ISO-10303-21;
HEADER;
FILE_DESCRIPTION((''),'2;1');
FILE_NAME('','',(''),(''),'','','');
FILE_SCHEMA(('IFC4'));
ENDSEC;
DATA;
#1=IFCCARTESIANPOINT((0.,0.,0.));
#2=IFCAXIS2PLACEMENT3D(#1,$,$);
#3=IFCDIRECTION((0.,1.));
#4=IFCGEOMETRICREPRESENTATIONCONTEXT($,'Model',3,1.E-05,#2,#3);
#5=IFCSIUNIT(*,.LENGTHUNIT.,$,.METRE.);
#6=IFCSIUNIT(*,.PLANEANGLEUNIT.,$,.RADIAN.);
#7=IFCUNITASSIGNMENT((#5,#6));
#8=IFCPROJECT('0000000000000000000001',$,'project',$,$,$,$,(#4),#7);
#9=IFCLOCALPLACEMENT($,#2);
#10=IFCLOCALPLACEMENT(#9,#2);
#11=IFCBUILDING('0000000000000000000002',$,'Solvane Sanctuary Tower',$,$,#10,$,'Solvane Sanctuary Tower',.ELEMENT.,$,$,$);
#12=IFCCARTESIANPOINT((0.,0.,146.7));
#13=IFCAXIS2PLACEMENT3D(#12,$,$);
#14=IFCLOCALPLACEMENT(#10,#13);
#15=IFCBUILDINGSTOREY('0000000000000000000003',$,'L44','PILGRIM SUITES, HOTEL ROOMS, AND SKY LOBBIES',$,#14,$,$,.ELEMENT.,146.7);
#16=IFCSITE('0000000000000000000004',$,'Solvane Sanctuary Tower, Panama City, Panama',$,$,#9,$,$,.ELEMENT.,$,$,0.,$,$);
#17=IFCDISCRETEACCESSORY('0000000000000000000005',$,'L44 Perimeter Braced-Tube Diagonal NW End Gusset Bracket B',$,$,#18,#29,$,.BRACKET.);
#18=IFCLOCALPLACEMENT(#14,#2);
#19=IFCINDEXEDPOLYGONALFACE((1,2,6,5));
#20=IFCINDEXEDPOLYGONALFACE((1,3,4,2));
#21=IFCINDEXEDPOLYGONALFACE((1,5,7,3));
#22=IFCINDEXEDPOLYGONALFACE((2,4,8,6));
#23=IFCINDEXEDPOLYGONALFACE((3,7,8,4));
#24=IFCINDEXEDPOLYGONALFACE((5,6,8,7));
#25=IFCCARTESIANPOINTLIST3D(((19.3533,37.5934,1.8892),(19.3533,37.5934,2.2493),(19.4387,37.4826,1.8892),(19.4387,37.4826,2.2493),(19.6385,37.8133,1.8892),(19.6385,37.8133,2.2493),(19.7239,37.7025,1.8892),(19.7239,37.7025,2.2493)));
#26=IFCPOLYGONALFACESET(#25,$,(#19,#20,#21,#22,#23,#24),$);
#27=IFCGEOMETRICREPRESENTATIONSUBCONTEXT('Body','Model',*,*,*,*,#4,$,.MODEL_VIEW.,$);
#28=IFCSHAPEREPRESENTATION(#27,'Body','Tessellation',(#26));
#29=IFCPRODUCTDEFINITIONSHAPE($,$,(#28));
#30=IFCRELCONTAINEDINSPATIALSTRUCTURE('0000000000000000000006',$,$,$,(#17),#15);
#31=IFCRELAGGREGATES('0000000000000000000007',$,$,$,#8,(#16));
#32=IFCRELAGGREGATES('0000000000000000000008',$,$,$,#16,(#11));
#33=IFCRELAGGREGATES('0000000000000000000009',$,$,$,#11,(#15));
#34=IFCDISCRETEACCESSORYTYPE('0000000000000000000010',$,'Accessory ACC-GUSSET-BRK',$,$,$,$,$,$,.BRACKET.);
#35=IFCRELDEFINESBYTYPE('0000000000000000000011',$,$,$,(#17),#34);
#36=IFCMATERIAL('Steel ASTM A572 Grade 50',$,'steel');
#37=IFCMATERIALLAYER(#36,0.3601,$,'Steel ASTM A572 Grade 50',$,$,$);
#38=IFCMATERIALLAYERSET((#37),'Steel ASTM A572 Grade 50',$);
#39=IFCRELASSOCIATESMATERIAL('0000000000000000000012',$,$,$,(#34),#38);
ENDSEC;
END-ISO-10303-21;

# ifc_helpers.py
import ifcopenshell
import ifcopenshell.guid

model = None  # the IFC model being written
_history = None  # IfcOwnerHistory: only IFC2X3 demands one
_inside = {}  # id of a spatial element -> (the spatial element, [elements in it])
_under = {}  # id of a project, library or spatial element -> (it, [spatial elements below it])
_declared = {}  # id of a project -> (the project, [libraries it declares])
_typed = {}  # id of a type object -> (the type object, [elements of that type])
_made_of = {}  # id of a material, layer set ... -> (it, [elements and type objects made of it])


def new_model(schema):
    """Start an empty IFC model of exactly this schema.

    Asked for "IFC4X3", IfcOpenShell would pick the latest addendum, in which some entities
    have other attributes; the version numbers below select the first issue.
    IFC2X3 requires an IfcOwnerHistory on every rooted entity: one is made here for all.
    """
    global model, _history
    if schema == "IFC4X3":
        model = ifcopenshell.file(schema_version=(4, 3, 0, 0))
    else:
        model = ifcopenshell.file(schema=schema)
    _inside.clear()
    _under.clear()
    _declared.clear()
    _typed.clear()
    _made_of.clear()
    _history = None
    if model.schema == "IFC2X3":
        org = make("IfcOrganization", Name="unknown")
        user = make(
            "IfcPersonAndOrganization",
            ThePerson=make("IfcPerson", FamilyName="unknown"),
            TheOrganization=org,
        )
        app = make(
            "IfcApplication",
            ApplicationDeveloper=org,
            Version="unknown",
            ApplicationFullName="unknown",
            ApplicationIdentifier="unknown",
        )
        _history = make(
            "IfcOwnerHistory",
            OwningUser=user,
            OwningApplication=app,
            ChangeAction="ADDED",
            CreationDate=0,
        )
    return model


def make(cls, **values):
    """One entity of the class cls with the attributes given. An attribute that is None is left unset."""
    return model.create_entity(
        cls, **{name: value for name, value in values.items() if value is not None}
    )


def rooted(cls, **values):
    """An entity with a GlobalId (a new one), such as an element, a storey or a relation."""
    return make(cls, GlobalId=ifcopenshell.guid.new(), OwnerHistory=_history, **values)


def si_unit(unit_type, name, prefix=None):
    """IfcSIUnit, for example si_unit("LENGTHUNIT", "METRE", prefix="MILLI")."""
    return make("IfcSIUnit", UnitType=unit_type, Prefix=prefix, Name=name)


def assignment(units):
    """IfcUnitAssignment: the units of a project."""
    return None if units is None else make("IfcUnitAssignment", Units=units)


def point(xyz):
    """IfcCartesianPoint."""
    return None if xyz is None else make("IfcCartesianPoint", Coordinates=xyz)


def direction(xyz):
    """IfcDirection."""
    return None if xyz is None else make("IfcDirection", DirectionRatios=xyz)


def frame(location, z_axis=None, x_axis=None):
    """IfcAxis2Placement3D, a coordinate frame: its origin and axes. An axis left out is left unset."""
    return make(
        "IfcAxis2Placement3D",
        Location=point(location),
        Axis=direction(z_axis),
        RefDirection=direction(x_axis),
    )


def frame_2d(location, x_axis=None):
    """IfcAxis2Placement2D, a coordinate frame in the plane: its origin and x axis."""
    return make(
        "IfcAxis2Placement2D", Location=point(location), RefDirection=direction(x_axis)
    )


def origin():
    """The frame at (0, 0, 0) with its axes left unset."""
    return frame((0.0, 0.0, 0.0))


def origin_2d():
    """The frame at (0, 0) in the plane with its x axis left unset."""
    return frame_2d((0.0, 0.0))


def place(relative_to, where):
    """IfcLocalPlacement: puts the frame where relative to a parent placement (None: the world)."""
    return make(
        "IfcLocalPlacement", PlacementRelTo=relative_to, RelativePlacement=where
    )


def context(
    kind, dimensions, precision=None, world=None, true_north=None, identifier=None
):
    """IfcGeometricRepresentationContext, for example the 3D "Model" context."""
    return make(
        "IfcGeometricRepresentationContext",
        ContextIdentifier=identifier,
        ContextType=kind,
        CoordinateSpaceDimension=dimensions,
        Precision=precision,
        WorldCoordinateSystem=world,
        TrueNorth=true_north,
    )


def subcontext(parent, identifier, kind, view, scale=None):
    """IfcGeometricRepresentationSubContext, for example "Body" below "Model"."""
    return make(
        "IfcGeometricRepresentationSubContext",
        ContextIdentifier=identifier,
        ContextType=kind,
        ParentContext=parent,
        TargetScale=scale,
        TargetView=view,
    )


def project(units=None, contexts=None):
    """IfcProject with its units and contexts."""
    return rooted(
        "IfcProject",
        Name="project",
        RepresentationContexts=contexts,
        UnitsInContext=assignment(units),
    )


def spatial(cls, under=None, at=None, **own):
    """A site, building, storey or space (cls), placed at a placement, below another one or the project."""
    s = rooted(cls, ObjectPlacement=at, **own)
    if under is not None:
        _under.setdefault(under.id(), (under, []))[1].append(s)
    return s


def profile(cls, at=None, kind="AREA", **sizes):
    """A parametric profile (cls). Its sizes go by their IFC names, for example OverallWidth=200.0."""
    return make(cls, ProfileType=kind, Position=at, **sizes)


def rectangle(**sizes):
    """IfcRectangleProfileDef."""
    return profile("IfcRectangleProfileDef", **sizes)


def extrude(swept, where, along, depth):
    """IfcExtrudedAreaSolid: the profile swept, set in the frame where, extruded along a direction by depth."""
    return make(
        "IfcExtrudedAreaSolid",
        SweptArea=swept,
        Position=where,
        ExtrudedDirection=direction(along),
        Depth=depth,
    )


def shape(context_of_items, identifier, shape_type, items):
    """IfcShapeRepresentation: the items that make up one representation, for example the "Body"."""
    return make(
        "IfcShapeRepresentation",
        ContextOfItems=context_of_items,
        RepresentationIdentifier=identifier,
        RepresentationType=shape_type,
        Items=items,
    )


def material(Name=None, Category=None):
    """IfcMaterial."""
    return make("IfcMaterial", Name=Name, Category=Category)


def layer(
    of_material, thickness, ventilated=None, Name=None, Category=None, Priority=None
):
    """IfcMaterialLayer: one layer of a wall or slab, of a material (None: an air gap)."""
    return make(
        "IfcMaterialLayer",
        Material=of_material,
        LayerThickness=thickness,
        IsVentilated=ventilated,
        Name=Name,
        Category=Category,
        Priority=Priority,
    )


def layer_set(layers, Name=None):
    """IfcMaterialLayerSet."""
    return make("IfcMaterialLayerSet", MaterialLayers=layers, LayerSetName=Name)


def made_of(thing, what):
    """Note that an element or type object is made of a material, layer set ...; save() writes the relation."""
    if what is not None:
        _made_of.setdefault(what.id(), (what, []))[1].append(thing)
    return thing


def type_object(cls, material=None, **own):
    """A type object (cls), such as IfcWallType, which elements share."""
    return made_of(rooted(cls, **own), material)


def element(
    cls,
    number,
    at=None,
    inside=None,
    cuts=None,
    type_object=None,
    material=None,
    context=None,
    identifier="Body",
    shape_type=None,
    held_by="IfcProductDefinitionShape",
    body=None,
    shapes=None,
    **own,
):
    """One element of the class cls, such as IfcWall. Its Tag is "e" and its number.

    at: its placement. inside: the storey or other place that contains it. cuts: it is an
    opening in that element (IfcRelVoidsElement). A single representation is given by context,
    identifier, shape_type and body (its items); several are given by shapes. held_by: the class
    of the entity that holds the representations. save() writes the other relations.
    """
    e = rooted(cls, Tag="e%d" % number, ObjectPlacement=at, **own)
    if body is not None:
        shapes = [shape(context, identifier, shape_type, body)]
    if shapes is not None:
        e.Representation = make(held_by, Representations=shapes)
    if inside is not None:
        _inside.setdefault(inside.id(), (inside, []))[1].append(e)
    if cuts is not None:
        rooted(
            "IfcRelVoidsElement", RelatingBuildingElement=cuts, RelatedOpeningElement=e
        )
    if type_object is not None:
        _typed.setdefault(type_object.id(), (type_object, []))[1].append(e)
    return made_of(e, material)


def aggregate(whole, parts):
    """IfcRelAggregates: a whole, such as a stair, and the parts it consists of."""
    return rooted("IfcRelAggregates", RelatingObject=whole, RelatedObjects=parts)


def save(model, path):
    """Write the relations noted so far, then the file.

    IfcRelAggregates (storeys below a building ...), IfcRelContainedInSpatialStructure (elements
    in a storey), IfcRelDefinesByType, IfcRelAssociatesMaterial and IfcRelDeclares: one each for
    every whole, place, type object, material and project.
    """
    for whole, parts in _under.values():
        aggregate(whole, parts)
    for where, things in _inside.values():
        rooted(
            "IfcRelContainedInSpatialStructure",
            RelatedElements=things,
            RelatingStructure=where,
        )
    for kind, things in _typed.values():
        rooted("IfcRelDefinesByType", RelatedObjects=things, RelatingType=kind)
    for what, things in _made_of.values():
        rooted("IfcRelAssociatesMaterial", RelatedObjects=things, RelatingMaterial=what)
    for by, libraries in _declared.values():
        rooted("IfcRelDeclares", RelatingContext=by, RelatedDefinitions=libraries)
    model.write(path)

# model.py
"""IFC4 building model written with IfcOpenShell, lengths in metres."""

from ifc_helpers import new_model, si_unit, direction, frame, origin, origin_2d, place, context, subcontext, project, spatial, rectangle, extrude, material, layer, layer_set, type_object, element, save


model = new_model("IFC4")

# Units and contexts
model_context = context("Model", 3, precision=1e-05, world=origin(), true_north=direction((0.0, 1.0)))
body_context = subcontext(model_context, "Body", "Model", "MODEL_VIEW")
ifc_project = project(units=[si_unit("LENGTHUNIT", "METRE"), si_unit("PLANEANGLEUNIT", "RADIAN")], contexts=[model_context])

# Site, building, storey
site_placement = place(None, origin())
site = spatial("IfcSite", under=ifc_project, at=site_placement, Name="Solvane Sanctuary Tower, Panama City, Panama", CompositionType="ELEMENT", RefElevation=0.0)
building_placement = place(site_placement, origin())
building = spatial("IfcBuilding", under=site, at=building_placement, Name="Solvane Sanctuary Tower", LongName="Solvane Sanctuary Tower", CompositionType="ELEMENT")
storey_placement = place(building_placement, frame((0.0, 0.0, 146.7)))
storey = spatial("IfcBuildingStorey", under=building, at=storey_placement, Name="L44", Description="PILGRIM SUITES, HOTEL ROOMS, AND SKY LOBBIES", CompositionType="ELEMENT", Elevation=146.7)

# Discrete accessory
ifc_material_1 = material(Name="Steel ASTM A572 Grade 50", Category="steel")
ifc_layer_1 = layer(ifc_material_1, 0.3601, Name="Steel ASTM A572 Grade 50")
ifc_layer_set_1 = layer_set([ifc_layer_1], Name="Steel ASTM A572 Grade 50")
discrete_accessory_type = type_object("IfcDiscreteAccessoryType", Name="Accessory ACC-GUSSET-BRK", PredefinedType="BRACKET", material=ifc_layer_set_1)
for number, where, z_axis, x_axis, name in (
    (1, (19.5386, 37.6479, 1.8892), (0.0, 0.0, 1.0), (0.792077, 0.610422, 0.0), "L44 Perimeter Braced-Tube Diagonal NW End Gusset Bracket B"),
):
    element("IfcDiscreteAccessory", number, at=place(storey_placement, frame(where, z_axis=z_axis, x_axis=x_axis)), inside=storey, type_object=discrete_accessory_type, Name=name, PredefinedType="BRACKET", context=body_context, shape_type="SweptSolid", body=[
        extrude(rectangle(XDim=0.3601, YDim=0.1399, at=origin_2d()), origin(), (0.0, 0.0, 1.0), 0.3601),
    ])

save(model, "model.ifc")
